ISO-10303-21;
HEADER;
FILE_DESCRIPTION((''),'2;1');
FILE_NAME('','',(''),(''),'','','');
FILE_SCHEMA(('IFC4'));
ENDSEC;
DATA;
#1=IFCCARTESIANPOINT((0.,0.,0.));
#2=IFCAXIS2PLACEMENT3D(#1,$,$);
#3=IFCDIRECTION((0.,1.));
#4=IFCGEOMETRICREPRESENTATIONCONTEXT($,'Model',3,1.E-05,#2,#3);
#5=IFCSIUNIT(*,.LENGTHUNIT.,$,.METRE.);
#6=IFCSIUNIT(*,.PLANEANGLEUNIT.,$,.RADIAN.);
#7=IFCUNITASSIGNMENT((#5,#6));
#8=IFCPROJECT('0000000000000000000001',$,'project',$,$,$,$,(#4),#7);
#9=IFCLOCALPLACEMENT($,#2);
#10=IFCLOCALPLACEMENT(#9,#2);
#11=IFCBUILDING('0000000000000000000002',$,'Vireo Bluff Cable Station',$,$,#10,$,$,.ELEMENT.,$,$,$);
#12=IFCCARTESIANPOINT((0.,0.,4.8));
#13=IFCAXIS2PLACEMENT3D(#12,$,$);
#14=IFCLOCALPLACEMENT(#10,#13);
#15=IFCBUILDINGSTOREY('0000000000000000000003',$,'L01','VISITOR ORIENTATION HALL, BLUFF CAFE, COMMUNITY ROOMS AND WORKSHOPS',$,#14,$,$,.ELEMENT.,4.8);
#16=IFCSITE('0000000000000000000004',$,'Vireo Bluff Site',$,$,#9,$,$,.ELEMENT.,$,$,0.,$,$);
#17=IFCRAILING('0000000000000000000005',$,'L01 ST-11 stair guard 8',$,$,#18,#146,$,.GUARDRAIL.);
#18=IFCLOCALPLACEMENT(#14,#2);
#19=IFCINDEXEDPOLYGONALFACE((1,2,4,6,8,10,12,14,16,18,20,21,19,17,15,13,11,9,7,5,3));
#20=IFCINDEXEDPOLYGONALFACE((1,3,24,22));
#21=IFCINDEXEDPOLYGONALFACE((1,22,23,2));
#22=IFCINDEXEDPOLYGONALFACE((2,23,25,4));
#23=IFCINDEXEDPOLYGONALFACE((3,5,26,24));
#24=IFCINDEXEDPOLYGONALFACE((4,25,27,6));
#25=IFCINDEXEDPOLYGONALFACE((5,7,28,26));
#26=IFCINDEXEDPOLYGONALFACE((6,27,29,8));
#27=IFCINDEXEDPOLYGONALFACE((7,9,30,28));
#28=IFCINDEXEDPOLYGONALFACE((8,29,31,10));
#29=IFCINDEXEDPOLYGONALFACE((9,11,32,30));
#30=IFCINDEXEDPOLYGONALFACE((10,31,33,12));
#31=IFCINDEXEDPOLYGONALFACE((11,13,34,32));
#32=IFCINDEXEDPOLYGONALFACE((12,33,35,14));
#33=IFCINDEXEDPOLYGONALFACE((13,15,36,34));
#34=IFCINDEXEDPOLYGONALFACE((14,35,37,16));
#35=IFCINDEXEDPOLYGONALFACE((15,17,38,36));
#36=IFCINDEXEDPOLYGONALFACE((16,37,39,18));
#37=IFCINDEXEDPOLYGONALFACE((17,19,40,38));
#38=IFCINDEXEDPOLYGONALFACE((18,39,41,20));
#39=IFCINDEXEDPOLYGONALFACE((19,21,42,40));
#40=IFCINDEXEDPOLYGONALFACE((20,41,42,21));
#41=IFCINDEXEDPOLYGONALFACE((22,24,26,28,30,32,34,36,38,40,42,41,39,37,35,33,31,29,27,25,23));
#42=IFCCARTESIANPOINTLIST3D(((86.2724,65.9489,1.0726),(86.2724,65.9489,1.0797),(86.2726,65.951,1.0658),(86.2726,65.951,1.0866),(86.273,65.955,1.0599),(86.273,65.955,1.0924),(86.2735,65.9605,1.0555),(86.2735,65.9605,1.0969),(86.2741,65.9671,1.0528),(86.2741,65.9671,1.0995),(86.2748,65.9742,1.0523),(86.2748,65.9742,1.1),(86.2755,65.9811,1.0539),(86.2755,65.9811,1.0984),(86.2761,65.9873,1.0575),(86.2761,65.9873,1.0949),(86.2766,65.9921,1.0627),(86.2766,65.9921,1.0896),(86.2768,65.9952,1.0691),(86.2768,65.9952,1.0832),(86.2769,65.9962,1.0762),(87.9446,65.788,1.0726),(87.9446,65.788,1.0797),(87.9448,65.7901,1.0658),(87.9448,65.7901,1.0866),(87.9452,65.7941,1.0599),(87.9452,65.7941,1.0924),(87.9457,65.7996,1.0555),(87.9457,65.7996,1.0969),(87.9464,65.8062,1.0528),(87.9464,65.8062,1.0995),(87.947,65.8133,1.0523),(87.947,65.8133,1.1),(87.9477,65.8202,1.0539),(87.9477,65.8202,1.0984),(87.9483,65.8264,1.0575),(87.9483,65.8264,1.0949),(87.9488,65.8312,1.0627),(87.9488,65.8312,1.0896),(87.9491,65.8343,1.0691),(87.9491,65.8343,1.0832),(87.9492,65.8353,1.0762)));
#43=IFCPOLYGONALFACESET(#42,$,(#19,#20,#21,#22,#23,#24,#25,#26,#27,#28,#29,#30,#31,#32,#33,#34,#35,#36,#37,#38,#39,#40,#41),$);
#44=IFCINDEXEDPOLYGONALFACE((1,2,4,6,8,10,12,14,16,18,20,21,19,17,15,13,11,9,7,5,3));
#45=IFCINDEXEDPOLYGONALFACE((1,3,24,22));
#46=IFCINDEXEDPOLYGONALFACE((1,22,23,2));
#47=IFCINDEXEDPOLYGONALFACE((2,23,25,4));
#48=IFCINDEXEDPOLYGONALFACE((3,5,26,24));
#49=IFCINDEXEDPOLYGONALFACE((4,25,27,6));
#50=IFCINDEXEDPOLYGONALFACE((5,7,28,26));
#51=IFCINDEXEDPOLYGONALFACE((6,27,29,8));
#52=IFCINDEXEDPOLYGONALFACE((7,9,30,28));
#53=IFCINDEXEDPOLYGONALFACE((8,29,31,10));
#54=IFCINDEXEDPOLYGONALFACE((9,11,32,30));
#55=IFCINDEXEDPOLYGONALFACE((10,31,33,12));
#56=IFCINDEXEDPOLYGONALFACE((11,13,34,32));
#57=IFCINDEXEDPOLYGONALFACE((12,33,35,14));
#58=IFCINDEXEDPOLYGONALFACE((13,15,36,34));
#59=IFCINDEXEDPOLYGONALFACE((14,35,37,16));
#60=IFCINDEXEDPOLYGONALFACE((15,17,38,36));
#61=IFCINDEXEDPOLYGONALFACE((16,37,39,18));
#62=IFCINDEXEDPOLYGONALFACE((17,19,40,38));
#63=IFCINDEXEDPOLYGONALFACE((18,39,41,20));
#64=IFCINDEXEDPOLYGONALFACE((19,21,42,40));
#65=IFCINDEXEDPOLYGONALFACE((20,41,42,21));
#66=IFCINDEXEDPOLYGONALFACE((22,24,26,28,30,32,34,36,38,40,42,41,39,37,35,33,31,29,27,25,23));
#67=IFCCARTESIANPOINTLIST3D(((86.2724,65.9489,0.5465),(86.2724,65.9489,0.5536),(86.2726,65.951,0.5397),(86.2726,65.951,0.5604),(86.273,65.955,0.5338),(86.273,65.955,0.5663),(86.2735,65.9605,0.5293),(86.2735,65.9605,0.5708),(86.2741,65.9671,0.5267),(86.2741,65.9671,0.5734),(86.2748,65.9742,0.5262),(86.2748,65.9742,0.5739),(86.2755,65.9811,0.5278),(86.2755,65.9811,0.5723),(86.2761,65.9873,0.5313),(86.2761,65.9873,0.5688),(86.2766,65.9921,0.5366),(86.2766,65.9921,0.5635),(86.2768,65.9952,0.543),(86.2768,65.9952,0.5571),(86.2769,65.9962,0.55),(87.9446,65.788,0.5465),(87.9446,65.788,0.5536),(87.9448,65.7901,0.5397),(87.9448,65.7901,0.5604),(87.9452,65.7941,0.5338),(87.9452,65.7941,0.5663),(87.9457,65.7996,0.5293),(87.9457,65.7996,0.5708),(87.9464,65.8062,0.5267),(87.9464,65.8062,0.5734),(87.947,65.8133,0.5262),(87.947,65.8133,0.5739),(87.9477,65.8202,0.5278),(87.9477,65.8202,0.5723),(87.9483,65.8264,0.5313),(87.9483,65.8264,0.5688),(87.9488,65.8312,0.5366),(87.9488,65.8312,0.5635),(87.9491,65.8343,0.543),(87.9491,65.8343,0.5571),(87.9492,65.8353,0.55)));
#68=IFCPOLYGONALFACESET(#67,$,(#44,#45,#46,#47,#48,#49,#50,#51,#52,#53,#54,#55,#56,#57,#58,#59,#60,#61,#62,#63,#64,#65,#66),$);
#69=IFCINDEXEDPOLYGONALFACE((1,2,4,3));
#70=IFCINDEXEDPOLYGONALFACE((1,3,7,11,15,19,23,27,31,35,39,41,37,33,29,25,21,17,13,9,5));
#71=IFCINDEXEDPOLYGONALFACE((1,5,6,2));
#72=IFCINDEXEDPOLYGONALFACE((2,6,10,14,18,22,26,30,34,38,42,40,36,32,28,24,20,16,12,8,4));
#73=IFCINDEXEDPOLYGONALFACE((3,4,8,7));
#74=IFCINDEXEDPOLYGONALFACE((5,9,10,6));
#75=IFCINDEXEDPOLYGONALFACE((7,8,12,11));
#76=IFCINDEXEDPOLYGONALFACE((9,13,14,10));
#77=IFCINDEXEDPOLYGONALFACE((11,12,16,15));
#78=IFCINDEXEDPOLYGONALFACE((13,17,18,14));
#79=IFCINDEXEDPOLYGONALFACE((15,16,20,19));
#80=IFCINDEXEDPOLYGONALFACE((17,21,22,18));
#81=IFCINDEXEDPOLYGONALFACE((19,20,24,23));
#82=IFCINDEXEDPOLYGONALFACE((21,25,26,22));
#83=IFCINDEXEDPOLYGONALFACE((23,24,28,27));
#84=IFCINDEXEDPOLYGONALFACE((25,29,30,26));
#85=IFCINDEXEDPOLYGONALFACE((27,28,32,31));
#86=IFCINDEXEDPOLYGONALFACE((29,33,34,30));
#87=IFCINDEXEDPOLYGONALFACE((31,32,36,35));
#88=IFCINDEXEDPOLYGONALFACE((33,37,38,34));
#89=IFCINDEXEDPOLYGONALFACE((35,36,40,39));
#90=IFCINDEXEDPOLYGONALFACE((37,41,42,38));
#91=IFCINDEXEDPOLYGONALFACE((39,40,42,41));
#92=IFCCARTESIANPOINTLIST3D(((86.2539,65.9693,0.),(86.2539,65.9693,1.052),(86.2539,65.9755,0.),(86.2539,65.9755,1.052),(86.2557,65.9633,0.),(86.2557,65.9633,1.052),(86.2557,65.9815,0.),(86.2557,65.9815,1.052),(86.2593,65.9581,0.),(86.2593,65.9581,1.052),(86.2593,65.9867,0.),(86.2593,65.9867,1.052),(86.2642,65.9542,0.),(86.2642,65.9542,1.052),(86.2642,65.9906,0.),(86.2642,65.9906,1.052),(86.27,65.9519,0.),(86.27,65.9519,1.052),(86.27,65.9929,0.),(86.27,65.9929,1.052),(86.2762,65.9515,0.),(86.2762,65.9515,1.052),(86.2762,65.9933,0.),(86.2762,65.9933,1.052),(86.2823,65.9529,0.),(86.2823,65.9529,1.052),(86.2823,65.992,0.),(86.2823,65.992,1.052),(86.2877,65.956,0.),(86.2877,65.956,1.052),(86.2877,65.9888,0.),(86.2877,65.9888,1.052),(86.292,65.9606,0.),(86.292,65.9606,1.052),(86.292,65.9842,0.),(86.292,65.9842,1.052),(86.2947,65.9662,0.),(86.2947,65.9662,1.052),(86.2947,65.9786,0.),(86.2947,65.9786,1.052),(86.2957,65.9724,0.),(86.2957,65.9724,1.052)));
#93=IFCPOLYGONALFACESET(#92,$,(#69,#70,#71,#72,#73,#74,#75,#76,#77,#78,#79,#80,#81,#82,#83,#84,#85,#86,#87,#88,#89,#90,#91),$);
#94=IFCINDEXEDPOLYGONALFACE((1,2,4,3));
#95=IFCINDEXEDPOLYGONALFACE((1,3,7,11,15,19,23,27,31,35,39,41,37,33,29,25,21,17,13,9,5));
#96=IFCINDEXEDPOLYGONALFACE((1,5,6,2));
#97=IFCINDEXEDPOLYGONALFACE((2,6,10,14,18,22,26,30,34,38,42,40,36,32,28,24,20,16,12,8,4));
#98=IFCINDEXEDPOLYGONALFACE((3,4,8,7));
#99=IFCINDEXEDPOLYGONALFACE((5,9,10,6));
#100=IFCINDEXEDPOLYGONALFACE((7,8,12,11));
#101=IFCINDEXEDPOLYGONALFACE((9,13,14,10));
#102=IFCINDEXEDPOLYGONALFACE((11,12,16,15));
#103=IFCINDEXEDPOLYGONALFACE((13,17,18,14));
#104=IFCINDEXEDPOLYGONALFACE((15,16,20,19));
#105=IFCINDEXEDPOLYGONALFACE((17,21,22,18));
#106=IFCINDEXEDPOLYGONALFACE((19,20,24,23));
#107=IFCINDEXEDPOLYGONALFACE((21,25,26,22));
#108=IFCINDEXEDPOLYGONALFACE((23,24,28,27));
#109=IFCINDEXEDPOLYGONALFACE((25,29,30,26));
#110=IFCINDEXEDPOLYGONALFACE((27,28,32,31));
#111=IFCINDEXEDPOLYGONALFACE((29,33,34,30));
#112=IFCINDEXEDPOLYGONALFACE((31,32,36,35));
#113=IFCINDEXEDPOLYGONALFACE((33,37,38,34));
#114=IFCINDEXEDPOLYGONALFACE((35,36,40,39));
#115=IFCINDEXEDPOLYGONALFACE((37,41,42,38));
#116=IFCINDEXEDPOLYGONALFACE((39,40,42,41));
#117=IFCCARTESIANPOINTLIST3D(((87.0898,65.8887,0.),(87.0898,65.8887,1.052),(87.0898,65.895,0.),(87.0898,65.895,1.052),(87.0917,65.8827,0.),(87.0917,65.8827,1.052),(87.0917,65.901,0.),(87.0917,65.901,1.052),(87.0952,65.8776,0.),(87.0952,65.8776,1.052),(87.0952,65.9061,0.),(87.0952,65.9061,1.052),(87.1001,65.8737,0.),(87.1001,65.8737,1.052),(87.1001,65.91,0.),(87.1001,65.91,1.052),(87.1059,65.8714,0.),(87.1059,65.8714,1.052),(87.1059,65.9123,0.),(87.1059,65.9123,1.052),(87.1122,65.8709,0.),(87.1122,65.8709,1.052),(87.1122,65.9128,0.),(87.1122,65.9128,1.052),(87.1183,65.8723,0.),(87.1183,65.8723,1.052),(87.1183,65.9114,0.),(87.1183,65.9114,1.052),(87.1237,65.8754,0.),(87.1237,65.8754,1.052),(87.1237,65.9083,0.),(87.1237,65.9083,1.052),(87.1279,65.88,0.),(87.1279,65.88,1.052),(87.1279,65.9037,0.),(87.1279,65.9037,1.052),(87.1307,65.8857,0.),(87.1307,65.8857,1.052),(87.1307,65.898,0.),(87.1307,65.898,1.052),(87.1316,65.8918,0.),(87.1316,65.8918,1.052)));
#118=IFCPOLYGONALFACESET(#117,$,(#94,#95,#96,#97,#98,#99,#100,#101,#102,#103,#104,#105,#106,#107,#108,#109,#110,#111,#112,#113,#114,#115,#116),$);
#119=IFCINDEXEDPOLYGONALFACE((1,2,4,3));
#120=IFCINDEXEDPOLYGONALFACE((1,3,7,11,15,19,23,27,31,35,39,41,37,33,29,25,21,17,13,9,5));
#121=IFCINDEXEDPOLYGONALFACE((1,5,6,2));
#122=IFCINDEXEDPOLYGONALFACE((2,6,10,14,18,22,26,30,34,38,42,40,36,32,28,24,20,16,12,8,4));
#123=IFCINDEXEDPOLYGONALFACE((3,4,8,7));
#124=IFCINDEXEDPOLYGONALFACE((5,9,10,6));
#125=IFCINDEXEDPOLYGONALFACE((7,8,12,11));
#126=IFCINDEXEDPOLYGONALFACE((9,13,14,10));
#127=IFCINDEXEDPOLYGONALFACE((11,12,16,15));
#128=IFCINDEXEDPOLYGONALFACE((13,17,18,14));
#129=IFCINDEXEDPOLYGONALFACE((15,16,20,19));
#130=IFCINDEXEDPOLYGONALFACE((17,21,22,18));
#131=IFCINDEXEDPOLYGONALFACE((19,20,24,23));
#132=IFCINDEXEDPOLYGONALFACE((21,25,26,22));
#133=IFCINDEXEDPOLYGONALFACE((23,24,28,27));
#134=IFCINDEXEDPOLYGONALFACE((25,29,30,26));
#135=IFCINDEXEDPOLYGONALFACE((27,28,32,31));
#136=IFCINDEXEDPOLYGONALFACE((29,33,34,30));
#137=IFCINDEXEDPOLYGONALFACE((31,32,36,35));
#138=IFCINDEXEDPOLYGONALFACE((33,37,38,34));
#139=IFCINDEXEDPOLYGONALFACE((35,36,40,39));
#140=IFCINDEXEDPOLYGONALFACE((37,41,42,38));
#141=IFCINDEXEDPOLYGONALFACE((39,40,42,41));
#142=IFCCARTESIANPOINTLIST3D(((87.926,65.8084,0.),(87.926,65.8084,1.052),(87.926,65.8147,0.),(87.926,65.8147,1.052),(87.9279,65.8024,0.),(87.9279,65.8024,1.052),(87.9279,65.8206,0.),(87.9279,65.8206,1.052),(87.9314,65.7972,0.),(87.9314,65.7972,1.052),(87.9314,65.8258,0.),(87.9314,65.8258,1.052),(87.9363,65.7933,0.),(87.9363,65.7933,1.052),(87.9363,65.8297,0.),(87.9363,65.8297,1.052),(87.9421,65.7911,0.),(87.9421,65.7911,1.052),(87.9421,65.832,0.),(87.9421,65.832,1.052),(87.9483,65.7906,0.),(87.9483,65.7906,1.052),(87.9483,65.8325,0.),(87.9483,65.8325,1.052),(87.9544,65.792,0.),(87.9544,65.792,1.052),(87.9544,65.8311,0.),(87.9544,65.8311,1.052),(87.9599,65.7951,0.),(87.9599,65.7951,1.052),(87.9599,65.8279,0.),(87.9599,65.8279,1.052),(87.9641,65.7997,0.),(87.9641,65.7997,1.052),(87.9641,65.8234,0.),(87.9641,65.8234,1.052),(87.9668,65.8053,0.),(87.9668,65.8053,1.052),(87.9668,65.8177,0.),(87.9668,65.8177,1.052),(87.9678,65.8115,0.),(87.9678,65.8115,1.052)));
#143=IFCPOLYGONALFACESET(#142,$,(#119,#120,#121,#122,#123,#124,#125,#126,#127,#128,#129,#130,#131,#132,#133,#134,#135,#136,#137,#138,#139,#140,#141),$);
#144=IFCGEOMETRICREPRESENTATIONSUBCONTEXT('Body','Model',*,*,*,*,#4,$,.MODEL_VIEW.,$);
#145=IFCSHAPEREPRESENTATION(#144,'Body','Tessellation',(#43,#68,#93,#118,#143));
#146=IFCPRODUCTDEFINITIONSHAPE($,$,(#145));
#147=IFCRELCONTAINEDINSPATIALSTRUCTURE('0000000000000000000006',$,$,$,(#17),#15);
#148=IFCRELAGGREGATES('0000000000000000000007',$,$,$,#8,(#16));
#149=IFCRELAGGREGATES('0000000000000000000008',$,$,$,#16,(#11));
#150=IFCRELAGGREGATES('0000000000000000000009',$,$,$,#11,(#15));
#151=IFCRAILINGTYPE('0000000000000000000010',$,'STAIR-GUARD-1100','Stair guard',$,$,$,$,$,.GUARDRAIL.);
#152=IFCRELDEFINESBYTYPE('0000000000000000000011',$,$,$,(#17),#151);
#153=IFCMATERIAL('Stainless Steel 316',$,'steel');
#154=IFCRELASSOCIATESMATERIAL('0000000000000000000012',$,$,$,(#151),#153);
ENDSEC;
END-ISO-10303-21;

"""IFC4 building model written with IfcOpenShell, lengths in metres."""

from ifc_helpers import new_model, si_unit, direction, frame, origin, origin_2d, place, context, subcontext, project, spatial, circle, extrude, material, type_object, element, save


model = new_model("IFC4")

# Units and contexts
model_context = context("Model", 3, precision=1e-05, world=origin(), true_north=direction((0.0, 1.0)))
body_context = subcontext(model_context, "Body", "Model", "MODEL_VIEW")
ifc_project = project(units=[si_unit("LENGTHUNIT", "METRE"), si_unit("PLANEANGLEUNIT", "RADIAN")], contexts=[model_context])

# Site, building, storey
site_placement = place(None, origin())
site = spatial("IfcSite", under=ifc_project, at=site_placement, Name="Vireo Bluff Site", CompositionType="ELEMENT", RefElevation=0.0)
building_placement = place(site_placement, origin())
building = spatial("IfcBuilding", under=site, at=building_placement, Name="Vireo Bluff Cable Station", CompositionType="ELEMENT")
storey_placement = place(building_placement, frame((0.0, 0.0, 4.8)))
storey = spatial("IfcBuildingStorey", under=building, at=storey_placement, Name="L01", Description="VISITOR ORIENTATION HALL, BLUFF CAFE, COMMUNITY ROOMS AND WORKSHOPS", CompositionType="ELEMENT", Elevation=4.8)

# Railing
ifc_material_1 = material(Name="Stainless Steel 316", Category="steel")
railing_type_1 = type_object("IfcRailingType", Name="STAIR-GUARD-1100", Description="Stair guard", PredefinedType="GUARDRAIL", material=ifc_material_1)
railing_1_placement = place(storey_placement, frame((86.2747, 65.9724, 0.0)))
element("IfcRailing", 1, at=railing_1_placement, inside=storey, type_object=railing_type_1, Name="L01 ST-11 stair guard 8", PredefinedType="GUARDRAIL", context=body_context, shape_type="SweptSolid", body=[
    extrude(circle(Radius=0.0239, at=origin_2d()), frame((0.0, 0.0, 1.0762), z_axis=(0.995403, -0.095776, 0.0), x_axis=(0.095776, 0.995403, 0.0)), (0.0, 0.0, 1.0), 1.6799),
    extrude(circle(Radius=0.0239, at=origin_2d()), frame((0.0, 0.0, 0.55), z_axis=(0.995403, -0.095776, 0.0), x_axis=(0.095776, 0.995403, 0.0)), (0.0, 0.0, 1.0), 1.6799),
    extrude(circle(Radius=0.021, at=origin_2d()), origin(), (0.0, 0.0, 1.0), 1.052),
    extrude(circle(Radius=0.021, at=origin_2d()), frame((0.8359, -0.0806, 0.0)), (0.0, 0.0, 1.0), 1.052),
    extrude(circle(Radius=0.021, at=origin_2d()), frame((1.6721, -0.1609, 0.0)), (0.0, 0.0, 1.0), 1.052),
])

save(model, "model.ifc")
